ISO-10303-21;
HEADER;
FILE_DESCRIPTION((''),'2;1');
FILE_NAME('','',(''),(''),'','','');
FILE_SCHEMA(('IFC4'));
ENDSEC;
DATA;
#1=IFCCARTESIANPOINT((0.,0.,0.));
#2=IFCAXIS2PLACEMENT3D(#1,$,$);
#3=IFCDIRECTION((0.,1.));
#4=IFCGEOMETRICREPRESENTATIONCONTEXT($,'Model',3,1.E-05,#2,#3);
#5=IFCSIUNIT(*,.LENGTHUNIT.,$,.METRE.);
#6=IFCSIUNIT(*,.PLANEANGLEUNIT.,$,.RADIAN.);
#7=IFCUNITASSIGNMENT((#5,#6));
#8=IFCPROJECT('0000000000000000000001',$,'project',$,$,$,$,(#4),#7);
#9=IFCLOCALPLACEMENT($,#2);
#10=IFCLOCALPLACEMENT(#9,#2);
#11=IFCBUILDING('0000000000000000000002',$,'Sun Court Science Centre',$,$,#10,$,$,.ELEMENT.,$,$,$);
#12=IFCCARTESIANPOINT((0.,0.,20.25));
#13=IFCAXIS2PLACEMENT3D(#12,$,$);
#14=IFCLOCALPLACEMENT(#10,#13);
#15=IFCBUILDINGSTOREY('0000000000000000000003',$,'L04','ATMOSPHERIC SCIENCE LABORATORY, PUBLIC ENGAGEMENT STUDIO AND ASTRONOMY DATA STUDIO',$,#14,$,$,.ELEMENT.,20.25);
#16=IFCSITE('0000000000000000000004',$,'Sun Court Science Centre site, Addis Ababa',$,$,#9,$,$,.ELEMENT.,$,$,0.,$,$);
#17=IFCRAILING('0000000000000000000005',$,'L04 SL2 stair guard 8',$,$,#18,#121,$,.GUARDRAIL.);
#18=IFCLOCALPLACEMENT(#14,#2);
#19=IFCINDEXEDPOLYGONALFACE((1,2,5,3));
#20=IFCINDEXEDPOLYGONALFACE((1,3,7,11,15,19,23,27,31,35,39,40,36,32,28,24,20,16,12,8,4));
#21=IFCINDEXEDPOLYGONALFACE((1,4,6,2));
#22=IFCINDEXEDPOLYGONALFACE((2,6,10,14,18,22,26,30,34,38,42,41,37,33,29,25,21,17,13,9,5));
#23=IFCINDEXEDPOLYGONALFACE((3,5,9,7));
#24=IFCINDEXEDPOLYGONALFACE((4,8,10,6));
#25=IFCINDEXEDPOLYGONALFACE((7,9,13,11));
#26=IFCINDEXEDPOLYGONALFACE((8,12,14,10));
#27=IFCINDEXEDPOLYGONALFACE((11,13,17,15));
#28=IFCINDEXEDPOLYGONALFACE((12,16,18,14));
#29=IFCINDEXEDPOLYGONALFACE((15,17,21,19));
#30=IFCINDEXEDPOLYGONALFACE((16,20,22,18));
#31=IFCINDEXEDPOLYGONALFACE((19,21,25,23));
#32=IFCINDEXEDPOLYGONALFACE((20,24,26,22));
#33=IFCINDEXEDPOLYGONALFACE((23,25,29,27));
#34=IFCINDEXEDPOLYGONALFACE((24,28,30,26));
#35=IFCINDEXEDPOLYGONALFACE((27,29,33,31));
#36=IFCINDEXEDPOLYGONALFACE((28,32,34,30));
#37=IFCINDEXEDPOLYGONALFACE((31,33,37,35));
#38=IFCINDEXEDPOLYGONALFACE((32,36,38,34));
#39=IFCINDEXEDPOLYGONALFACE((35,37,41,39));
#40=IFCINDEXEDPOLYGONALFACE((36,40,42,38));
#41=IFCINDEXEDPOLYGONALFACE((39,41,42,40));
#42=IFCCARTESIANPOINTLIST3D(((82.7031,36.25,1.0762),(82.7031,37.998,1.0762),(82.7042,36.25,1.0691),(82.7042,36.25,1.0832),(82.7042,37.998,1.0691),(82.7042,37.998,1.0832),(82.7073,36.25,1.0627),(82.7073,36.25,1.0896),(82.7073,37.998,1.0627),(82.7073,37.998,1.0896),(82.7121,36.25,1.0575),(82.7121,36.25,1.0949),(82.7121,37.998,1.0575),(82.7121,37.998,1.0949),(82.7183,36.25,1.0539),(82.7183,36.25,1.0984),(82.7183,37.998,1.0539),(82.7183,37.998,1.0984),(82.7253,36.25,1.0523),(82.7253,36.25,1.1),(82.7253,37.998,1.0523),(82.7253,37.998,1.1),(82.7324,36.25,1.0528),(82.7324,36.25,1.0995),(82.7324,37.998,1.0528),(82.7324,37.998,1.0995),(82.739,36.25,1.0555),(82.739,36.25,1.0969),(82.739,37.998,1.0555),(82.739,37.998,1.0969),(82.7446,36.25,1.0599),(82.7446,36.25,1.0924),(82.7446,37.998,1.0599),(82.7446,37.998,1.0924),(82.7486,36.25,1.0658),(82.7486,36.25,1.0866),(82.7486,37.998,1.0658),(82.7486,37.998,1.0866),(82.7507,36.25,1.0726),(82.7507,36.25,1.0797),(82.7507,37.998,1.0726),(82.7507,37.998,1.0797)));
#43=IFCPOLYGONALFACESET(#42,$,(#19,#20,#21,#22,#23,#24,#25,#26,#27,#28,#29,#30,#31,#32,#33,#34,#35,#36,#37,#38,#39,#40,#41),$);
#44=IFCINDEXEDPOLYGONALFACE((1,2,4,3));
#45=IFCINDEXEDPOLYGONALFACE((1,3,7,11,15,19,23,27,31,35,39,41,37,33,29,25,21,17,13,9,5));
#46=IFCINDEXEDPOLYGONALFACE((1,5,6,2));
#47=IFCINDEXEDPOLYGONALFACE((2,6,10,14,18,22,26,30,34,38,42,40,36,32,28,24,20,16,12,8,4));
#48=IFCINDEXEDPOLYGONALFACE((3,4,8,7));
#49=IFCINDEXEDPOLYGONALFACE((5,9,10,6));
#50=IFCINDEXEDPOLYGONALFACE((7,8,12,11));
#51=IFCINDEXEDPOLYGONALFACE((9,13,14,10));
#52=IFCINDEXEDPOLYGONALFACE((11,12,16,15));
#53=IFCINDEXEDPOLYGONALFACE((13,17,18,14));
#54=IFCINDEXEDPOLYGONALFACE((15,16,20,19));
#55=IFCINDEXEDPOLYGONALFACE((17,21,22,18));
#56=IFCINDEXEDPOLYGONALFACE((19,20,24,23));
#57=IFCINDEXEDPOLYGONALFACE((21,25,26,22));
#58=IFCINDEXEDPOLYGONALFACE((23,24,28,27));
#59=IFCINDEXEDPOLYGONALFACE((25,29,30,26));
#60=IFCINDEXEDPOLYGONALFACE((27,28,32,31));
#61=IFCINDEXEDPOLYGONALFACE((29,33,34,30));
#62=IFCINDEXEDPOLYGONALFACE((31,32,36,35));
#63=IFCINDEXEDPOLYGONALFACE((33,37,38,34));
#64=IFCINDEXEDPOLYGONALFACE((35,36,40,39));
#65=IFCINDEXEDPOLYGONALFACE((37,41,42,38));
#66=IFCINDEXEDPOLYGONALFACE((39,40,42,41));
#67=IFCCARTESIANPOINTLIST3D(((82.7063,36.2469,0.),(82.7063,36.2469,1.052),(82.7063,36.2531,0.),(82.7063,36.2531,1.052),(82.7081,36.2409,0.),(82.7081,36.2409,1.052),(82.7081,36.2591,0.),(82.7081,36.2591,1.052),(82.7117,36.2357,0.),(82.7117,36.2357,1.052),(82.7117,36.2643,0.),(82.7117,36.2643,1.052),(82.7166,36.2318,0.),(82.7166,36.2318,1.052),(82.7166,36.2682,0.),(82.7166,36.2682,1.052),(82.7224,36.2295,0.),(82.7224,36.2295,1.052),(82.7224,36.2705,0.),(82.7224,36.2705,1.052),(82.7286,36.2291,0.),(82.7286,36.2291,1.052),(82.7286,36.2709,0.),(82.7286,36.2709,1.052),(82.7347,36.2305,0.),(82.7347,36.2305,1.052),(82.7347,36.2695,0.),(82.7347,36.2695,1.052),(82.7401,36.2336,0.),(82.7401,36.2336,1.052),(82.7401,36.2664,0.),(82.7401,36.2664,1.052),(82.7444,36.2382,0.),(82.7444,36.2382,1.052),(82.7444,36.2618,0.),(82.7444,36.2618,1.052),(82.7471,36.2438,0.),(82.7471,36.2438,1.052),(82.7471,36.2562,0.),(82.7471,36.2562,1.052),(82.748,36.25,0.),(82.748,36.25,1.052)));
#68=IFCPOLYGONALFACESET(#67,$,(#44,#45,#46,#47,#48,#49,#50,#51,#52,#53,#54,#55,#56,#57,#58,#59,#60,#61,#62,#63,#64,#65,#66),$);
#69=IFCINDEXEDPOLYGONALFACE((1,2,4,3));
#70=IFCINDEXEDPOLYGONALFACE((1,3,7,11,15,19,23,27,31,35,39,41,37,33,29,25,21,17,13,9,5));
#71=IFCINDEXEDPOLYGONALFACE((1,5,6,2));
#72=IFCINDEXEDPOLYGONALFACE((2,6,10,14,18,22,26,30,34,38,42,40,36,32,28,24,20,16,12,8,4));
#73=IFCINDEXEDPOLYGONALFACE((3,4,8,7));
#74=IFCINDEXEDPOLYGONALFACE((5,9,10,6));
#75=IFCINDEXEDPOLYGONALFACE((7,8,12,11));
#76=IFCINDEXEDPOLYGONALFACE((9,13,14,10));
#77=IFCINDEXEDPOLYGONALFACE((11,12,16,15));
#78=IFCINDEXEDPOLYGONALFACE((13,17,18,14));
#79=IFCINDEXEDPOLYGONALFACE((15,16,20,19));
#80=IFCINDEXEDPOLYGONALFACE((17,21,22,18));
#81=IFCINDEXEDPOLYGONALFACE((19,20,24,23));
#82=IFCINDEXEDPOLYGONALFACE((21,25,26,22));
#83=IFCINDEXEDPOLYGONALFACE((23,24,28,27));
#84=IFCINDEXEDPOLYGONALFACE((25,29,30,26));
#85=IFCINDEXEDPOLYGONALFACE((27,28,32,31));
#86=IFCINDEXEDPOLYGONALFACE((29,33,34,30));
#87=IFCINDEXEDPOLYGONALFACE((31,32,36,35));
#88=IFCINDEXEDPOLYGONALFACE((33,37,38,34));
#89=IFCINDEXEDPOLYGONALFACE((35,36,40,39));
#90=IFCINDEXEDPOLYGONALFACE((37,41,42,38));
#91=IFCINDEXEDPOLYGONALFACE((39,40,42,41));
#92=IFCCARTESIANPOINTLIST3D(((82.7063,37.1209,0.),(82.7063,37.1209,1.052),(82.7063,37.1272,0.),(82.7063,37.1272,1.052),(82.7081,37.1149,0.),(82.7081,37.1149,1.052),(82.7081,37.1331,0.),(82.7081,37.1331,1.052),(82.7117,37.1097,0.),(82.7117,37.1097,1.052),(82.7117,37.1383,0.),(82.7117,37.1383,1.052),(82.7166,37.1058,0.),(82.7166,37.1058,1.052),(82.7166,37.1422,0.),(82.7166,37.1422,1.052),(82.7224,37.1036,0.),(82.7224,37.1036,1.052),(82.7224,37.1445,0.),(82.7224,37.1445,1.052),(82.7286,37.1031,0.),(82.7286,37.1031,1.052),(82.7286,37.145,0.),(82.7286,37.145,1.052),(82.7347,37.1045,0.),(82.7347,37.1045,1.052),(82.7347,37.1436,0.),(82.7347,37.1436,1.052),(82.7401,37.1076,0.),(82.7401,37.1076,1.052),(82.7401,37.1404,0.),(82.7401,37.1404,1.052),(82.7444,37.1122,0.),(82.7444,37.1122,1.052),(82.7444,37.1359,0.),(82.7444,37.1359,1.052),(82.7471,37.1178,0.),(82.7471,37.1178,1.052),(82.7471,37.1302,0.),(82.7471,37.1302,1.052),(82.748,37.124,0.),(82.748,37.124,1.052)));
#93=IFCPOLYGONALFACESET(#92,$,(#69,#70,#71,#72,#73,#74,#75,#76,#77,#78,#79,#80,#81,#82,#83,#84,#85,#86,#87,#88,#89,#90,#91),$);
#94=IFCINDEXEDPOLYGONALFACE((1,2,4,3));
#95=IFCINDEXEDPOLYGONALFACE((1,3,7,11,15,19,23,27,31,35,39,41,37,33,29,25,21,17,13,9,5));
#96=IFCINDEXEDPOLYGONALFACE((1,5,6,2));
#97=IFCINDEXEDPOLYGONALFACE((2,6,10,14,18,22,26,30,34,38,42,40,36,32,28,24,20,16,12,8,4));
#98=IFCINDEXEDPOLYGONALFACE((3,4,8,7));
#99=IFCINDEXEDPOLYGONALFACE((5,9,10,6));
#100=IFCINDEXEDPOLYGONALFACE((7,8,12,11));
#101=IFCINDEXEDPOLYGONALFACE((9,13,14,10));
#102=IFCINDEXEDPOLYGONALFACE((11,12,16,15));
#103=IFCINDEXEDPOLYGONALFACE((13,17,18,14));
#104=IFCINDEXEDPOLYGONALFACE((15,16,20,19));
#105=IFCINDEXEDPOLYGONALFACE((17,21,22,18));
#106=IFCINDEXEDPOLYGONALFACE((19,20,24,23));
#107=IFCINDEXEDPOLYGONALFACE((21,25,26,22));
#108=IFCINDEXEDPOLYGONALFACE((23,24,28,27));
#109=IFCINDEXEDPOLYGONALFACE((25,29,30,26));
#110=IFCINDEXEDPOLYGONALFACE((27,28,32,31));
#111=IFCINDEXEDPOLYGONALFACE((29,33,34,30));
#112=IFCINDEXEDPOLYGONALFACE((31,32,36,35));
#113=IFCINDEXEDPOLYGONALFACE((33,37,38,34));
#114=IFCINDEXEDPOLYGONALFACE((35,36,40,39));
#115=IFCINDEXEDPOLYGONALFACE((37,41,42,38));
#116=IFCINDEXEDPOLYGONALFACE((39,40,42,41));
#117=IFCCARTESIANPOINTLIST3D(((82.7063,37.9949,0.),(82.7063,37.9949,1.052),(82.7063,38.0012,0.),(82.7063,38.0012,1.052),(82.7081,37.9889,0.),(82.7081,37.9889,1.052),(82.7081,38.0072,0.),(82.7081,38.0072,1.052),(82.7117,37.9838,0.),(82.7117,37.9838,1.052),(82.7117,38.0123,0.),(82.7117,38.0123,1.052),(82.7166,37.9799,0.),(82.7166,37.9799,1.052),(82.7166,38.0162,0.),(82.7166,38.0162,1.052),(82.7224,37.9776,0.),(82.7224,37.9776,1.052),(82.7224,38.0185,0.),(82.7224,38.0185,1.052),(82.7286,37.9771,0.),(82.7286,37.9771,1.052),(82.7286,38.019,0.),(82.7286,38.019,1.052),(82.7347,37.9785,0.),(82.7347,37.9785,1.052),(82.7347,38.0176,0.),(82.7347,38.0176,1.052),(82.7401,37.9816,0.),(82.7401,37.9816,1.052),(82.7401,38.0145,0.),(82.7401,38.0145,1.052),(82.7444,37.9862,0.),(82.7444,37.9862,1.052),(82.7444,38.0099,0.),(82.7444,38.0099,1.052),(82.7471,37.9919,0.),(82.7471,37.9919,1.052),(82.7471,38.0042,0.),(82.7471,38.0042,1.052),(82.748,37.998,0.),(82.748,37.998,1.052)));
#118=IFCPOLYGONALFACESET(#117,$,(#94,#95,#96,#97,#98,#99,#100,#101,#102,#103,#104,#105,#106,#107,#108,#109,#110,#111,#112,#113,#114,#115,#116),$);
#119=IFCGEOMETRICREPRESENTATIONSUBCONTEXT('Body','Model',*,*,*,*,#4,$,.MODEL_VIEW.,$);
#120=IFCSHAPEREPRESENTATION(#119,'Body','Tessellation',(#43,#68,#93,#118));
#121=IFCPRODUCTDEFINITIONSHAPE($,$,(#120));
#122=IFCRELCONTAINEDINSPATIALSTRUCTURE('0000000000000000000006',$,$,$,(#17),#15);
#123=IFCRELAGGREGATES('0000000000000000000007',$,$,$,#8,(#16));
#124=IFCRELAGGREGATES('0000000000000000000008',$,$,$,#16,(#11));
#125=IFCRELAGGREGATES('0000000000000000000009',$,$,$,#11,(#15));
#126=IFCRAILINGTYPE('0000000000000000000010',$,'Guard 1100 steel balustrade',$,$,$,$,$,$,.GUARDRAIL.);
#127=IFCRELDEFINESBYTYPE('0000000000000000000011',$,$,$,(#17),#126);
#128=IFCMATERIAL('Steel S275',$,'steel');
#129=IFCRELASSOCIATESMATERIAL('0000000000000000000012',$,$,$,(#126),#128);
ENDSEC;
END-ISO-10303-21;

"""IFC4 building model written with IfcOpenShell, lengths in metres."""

from ifc_helpers import new_model, si_unit, direction, frame, origin, origin_2d, place, context, subcontext, project, spatial, circle, extrude, material, type_object, element, save


model = new_model("IFC4")

# Units and contexts
model_context = context("Model", 3, precision=1e-05, world=origin(), true_north=direction((0.0, 1.0)))
body_context = subcontext(model_context, "Body", "Model", "MODEL_VIEW")
ifc_project = project(units=[si_unit("LENGTHUNIT", "METRE"), si_unit("PLANEANGLEUNIT", "RADIAN")], contexts=[model_context])

# Site, building, storey
site_placement = place(None, origin())
site = spatial("IfcSite", under=ifc_project, at=site_placement, Name="Sun Court Science Centre site, Addis Ababa", CompositionType="ELEMENT", RefElevation=0.0)
building_placement = place(site_placement, origin())
building = spatial("IfcBuilding", under=site, at=building_placement, Name="Sun Court Science Centre", CompositionType="ELEMENT")
storey_placement = place(building_placement, frame((0.0, 0.0, 20.25)))
storey = spatial("IfcBuildingStorey", under=building, at=storey_placement, Name="L04", Description="ATMOSPHERIC SCIENCE LABORATORY, PUBLIC ENGAGEMENT STUDIO AND ASTRONOMY DATA STUDIO", CompositionType="ELEMENT", Elevation=20.25)

# Railing
ifc_material_1 = material(Name="Steel S275", Category="steel")
railing_type_1 = type_object("IfcRailingType", Name="Guard 1100 steel balustrade", PredefinedType="GUARDRAIL", material=ifc_material_1)
for number, where, name in (
    (1, (82.7271, 36.25, 0.0), "L04 SL2 stair guard 8"),
):
    element("IfcRailing", number, at=place(storey_placement, frame(where)), inside=storey, type_object=railing_type_1, Name=name, PredefinedType="GUARDRAIL", context=body_context, shape_type="SweptSolid", body=[
        extrude(circle(Radius=0.0239, at=origin_2d()), frame((0.0, 0.0, 1.0762), z_axis=(0.0, 1.0, 0.0), x_axis=(-1.0, 0.0, 0.0)), (0.0, 0.0, 1.0), 1.748),
        extrude(circle(Radius=0.021, at=origin_2d()), origin(), (0.0, 0.0, 1.0), 1.052),
        extrude(circle(Radius=0.021, at=origin_2d()), frame((0.0, 0.874, 0.0)), (0.0, 0.0, 1.0), 1.052),
        extrude(circle(Radius=0.021, at=origin_2d()), frame((0.0, 1.748, 0.0)), (0.0, 0.0, 1.0), 1.052),
    ])

save(model, "model.ifc")
